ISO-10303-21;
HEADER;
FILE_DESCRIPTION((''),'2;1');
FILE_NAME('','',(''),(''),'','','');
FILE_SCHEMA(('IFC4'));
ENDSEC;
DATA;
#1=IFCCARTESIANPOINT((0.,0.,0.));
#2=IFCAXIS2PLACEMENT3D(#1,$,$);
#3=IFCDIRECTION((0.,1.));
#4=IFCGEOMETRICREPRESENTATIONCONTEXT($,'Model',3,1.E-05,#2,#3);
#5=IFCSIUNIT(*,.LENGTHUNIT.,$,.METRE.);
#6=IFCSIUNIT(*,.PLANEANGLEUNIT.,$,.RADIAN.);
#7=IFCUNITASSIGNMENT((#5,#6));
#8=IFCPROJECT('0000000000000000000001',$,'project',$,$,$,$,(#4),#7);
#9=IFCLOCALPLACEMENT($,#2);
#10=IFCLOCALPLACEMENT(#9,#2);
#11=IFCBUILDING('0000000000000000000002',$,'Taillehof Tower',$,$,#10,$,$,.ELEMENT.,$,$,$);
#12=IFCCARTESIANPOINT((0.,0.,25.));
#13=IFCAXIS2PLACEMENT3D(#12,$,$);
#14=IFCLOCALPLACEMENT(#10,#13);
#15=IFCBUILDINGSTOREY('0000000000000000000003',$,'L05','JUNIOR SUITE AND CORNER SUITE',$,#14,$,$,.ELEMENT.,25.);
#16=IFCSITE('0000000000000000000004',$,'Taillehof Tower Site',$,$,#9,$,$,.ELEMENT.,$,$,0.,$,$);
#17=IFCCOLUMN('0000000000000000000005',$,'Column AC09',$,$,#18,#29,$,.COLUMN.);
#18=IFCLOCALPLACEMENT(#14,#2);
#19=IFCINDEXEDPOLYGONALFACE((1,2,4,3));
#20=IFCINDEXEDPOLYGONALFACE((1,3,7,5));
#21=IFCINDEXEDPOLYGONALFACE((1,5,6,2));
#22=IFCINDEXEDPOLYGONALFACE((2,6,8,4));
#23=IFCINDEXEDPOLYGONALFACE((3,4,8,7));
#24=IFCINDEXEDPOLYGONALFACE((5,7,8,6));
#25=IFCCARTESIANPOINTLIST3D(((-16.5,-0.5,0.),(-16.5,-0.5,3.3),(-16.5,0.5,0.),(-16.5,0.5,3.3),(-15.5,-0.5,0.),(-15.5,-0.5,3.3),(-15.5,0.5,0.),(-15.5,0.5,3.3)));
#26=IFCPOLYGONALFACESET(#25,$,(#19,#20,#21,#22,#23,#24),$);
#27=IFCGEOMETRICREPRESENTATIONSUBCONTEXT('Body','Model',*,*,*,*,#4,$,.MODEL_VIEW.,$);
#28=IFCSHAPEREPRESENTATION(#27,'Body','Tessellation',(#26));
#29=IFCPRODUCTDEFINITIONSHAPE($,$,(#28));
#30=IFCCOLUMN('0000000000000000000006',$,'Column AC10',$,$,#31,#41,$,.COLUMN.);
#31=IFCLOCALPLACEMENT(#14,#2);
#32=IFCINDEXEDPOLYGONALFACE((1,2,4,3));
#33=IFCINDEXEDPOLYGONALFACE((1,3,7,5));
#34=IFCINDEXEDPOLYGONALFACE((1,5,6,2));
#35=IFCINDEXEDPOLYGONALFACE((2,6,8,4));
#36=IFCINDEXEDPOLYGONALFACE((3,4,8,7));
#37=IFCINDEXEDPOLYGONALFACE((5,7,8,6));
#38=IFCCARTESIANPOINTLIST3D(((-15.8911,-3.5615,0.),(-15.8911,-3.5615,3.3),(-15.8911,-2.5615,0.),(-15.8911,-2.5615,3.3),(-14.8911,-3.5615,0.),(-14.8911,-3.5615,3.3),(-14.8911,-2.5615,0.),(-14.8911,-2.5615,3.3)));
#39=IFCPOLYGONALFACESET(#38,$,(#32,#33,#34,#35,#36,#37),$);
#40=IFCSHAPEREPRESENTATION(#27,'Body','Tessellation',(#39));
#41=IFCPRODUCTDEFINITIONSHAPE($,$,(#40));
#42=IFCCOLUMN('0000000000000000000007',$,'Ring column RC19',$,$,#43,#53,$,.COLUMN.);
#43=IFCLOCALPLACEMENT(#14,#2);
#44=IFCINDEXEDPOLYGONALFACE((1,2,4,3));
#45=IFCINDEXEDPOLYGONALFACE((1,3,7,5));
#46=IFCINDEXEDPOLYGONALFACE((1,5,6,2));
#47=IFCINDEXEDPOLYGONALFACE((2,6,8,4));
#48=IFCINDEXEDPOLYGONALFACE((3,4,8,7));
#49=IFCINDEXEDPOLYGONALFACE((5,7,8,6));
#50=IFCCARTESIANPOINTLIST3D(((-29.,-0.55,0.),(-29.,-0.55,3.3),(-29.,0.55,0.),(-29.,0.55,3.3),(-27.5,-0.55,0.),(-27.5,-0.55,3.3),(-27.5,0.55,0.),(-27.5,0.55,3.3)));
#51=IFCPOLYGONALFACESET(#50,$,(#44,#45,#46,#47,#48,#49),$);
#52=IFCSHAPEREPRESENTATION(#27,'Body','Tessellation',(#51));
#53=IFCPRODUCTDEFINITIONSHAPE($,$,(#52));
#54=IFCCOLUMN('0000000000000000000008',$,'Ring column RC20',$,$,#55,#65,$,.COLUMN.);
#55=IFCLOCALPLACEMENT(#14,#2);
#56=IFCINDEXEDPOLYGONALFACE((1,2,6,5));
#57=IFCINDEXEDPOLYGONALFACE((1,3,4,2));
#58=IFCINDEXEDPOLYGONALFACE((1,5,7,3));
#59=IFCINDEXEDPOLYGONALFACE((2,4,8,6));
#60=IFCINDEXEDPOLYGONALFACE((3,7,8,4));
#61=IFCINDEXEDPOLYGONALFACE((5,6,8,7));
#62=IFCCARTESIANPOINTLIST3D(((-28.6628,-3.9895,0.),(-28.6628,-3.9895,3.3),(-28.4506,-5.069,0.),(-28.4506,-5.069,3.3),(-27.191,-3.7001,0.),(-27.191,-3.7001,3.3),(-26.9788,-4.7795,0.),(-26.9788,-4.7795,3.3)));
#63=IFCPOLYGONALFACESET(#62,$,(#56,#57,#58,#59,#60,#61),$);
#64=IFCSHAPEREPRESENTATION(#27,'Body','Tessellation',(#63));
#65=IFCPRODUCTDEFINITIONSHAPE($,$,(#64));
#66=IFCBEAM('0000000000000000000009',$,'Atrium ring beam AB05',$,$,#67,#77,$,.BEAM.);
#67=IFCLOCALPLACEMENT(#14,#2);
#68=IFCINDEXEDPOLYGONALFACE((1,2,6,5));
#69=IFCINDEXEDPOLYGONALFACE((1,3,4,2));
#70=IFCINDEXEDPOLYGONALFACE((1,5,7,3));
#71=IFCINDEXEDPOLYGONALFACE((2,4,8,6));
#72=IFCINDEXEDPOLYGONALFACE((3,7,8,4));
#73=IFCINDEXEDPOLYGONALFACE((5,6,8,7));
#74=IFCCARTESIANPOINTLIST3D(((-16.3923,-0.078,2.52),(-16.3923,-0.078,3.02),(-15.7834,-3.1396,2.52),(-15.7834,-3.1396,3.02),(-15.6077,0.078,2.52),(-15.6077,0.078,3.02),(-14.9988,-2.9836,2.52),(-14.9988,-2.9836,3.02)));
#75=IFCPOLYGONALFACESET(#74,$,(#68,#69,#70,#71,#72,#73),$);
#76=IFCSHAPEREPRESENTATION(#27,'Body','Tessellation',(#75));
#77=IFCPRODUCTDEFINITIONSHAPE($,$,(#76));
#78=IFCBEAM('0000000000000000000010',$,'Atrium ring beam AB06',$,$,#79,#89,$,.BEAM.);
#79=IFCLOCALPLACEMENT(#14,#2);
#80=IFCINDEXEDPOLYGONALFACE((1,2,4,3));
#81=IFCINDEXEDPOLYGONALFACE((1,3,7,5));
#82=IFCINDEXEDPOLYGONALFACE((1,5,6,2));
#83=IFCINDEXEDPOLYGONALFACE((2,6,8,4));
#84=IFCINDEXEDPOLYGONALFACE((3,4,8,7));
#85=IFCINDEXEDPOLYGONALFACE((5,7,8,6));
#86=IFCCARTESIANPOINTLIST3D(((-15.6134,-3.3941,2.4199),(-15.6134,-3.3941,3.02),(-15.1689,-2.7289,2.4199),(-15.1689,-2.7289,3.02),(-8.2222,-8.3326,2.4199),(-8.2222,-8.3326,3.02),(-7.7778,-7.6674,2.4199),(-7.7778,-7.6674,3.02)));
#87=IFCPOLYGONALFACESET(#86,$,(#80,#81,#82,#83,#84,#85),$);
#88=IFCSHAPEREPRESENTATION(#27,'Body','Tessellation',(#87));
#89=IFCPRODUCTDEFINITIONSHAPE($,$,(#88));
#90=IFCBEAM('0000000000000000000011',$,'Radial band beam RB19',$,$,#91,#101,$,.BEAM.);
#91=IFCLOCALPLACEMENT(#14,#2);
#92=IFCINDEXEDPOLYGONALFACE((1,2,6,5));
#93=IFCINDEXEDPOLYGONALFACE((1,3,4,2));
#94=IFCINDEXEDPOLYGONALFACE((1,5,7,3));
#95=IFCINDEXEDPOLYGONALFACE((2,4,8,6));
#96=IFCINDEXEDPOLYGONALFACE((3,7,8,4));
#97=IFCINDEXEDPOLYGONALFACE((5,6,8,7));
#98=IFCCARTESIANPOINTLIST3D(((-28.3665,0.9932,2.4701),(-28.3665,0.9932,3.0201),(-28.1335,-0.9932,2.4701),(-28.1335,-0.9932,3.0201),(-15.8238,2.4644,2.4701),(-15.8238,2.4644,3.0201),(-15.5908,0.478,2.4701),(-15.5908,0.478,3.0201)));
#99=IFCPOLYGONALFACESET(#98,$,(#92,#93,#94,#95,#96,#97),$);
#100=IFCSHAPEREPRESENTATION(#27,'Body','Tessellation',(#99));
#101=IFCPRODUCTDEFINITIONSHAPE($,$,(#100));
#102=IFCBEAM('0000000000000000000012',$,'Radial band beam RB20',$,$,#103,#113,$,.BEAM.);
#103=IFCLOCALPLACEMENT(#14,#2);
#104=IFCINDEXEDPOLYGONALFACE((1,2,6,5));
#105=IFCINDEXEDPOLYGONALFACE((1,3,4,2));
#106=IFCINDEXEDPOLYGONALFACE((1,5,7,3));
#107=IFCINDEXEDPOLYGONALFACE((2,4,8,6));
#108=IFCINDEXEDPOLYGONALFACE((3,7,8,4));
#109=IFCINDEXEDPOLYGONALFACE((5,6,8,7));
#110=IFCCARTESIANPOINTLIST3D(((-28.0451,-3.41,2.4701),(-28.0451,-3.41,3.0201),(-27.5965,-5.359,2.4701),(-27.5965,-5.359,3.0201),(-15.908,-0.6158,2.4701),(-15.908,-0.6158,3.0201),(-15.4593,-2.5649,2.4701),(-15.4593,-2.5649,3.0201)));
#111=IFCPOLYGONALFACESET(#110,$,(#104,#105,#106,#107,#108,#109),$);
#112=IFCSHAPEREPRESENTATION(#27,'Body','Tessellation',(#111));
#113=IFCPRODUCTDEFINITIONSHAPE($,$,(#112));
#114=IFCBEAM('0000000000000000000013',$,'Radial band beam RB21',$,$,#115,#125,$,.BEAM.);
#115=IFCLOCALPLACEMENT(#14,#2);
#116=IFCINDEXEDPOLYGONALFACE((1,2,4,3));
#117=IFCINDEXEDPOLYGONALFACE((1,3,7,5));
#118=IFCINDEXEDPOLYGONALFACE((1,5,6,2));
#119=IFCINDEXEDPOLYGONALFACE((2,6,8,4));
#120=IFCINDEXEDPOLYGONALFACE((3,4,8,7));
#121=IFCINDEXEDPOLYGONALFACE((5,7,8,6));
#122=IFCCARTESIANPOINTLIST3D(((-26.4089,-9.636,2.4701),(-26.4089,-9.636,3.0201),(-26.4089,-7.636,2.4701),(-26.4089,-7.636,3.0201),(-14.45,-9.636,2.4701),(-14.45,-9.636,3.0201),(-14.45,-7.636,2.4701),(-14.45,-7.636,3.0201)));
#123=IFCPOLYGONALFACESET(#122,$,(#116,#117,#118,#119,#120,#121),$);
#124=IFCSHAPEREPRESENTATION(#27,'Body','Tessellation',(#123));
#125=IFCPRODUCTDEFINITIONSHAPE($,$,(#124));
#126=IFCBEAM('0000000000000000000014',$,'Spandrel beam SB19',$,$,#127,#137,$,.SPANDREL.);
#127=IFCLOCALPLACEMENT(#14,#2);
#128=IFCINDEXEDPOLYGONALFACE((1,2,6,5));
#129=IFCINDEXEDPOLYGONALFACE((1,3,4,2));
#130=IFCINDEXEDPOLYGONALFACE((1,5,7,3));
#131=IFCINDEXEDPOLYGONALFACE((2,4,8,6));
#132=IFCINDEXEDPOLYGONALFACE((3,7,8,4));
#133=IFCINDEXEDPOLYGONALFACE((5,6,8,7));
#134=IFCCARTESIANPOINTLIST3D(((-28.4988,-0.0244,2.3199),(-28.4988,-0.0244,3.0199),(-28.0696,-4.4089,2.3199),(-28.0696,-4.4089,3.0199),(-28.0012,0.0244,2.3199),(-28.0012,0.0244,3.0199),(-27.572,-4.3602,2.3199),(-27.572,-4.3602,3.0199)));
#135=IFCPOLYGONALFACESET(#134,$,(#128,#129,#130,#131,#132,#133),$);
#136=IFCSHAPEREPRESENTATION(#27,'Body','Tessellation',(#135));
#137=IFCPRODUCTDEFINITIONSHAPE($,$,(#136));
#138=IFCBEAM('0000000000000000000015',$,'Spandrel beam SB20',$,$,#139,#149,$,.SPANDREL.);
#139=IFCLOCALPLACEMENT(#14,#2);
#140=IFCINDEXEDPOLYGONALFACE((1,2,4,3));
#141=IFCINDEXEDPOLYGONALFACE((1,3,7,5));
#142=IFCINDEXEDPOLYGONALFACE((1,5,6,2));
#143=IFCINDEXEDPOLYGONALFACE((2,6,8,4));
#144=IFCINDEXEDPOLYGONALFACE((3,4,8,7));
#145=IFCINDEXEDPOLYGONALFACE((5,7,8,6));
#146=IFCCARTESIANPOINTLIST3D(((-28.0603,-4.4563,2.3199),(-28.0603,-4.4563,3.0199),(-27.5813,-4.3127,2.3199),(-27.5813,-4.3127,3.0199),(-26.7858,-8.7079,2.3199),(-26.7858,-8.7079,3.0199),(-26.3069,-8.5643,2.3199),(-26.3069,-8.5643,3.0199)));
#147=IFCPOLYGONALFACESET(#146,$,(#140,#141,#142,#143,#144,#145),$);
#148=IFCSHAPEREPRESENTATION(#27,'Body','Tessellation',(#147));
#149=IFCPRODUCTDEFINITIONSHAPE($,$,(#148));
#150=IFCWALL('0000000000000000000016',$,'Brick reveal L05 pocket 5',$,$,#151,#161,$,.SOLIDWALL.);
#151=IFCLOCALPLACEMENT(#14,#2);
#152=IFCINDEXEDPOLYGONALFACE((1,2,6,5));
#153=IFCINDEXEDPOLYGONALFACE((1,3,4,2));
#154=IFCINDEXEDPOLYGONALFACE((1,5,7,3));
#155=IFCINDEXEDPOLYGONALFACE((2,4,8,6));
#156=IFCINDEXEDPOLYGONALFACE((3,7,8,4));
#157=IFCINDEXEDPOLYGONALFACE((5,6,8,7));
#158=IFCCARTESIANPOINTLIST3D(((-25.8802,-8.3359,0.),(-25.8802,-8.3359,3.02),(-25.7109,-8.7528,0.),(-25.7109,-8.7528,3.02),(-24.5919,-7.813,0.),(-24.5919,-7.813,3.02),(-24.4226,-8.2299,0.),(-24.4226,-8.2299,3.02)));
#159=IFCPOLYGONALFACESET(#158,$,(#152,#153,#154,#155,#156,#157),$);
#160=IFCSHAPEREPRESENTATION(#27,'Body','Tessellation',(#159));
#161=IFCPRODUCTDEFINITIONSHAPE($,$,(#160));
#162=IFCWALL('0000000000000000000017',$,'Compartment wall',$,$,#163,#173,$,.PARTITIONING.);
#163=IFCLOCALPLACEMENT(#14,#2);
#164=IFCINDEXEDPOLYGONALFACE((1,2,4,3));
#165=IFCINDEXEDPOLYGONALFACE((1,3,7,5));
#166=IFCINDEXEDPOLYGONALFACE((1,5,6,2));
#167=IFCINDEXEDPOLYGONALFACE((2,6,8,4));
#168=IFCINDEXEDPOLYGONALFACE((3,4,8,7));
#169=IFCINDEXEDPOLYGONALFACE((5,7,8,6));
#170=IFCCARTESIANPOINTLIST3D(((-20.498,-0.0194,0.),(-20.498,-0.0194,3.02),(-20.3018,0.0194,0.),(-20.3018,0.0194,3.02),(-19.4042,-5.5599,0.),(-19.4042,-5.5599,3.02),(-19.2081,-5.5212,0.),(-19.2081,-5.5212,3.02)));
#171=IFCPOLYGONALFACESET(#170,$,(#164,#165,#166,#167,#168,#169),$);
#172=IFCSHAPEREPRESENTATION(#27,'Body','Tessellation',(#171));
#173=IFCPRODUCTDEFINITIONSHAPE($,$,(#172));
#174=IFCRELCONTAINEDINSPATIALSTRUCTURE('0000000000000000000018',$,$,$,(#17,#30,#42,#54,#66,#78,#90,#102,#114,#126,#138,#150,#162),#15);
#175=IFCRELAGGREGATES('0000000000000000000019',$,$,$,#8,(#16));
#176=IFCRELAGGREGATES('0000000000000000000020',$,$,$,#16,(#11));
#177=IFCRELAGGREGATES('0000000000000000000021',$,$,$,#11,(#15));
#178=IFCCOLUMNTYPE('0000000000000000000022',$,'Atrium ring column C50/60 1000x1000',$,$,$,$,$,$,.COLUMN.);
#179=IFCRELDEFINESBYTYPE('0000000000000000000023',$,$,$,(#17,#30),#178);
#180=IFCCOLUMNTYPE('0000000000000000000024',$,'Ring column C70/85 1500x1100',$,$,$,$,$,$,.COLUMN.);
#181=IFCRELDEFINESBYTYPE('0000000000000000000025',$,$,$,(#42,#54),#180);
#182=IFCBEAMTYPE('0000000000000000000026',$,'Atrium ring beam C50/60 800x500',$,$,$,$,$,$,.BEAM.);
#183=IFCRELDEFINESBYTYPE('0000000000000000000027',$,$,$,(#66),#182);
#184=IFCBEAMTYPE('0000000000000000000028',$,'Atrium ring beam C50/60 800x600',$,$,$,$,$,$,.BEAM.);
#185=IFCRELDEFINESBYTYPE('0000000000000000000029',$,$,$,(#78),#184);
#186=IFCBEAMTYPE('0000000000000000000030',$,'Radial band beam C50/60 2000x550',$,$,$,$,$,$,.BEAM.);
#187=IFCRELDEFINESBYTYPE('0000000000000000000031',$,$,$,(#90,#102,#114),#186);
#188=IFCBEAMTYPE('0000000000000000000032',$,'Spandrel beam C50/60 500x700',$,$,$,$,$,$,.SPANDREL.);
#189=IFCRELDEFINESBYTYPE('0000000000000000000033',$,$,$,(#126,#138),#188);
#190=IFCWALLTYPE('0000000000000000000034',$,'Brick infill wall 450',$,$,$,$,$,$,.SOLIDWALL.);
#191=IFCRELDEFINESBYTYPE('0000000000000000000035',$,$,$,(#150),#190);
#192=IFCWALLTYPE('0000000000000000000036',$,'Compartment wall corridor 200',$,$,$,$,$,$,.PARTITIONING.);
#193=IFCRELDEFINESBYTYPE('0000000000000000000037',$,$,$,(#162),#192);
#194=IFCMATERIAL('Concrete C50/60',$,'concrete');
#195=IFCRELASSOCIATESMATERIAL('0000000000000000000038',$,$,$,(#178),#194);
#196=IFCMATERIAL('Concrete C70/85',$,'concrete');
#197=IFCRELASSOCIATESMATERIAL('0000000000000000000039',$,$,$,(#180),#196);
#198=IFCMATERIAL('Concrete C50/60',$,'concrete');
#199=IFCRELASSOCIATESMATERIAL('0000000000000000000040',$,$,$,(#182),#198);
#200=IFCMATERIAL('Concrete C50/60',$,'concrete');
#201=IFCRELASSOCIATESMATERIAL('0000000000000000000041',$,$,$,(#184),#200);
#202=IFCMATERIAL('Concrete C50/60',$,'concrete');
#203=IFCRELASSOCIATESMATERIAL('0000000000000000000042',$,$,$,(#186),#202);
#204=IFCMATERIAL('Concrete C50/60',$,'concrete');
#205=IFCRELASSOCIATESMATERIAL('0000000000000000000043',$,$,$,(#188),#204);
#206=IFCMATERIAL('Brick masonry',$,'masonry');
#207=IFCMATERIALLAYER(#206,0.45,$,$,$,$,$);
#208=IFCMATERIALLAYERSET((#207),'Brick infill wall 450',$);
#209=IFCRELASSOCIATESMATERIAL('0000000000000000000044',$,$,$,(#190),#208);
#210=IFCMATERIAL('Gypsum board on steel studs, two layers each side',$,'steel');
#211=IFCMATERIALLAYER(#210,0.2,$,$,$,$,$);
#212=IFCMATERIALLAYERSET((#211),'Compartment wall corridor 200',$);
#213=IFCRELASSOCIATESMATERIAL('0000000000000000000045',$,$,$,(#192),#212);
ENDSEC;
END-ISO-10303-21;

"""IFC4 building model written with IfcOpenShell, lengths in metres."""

from ifc_helpers import new_model, si_unit, direction, frame, frame_2d, origin, origin_2d, place, context, subcontext, project, spatial, rectangle, extrude, material, layer, layer_set, material_profile, profile_set, type_object, element, save


model = new_model("IFC4")

# Units and contexts
model_context = context("Model", 3, precision=1e-05, world=origin(), true_north=direction((0.0, 1.0)))
body_context = subcontext(model_context, "Body", "Model", "MODEL_VIEW")
ifc_project = project(units=[si_unit("LENGTHUNIT", "METRE"), si_unit("PLANEANGLEUNIT", "RADIAN")], contexts=[model_context])

# Site, building, storey
site_placement = place(None, origin())
site = spatial("IfcSite", under=ifc_project, at=site_placement, Name="Taillehof Tower Site", CompositionType="ELEMENT", RefElevation=0.0)
building_placement = place(site_placement, origin())
building = spatial("IfcBuilding", under=site, at=building_placement, Name="Taillehof Tower", CompositionType="ELEMENT")
storey_placement = place(building_placement, frame((0.0, 0.0, 25.0)))
storey = spatial("IfcBuildingStorey", under=building, at=storey_placement, Name="L05", Description="JUNIOR SUITE AND CORNER SUITE", CompositionType="ELEMENT", Elevation=25.0)

# Columns
ifc_material_1 = material(Name="Concrete C50/60", Category="concrete")
ifc_material_profile_1 = material_profile(ifc_material_1, rectangle(XDim=1.0, YDim=1.0, at=origin_2d()), Name="RC 1000x1000")
ifc_profile_set_1 = profile_set([ifc_material_profile_1], Name="Concrete C50/60")
column_type_1 = type_object("IfcColumnType", Name="Atrium ring column C50/60 1000x1000", PredefinedType="COLUMN", material=ifc_profile_set_1)
for number, where, z_axis, x_axis, name in (
    (1, (-16.0, 0.0, 0.0), (0.0, 0.0, 1.0), (1.0, 0.0, 0.0), "Column AC09"),
    (2, (-15.3911, -3.0615, 0.0), (0.0, 0.0, 1.0), (1.0, 0.0, 0.0), "Column AC10"),
):
    element("IfcColumn", number, at=place(storey_placement, frame(where, z_axis=z_axis, x_axis=x_axis)), inside=storey, type_object=column_type_1, Name=name, PredefinedType="COLUMN", context=body_context, shape_type="SweptSolid", body=[
        extrude(rectangle(XDim=1.0, YDim=1.0, at=origin_2d()), origin(), (0.0, 0.0, 1.0), 3.3),
    ])
ifc_material_2 = material(Name="Concrete C70/85", Category="concrete")
ifc_material_profile_2 = material_profile(ifc_material_2, rectangle(XDim=1.5, YDim=1.1001, at=origin_2d()), Name="RC 1500x1100")
ifc_profile_set_2 = profile_set([ifc_material_profile_2], Name="Concrete C70/85")
column_type_2 = type_object("IfcColumnType", Name="Ring column C70/85 1500x1100", PredefinedType="COLUMN", material=ifc_profile_set_2)
for number, where, z_axis, x_axis, name in (
    (3, (-28.25, 0.0, 0.0), (0.0, 0.0, 1.0), (-1.0, 0.0, 0.0), "Ring column RC19"),
    (4, (-27.8208, -4.3845, 0.0), (0.0, 0.0, 1.0), (-0.981204, -0.192976, 0.0), "Ring column RC20"),
):
    element("IfcColumn", number, at=place(storey_placement, frame(where, z_axis=z_axis, x_axis=x_axis)), inside=storey, type_object=column_type_2, Name=name, PredefinedType="COLUMN", context=body_context, shape_type="SweptSolid", body=[
        extrude(rectangle(XDim=1.5, YDim=1.1001, at=origin_2d()), origin(), (0.0, 0.0, 1.0), 3.3),
    ])

# Beams
ifc_material_3 = material(Name="Concrete C50/60", Category="concrete")
ifc_material_profile_3 = material_profile(ifc_material_3, rectangle(XDim=0.8, YDim=0.5, at=origin_2d()), Name="RC 800x500")
ifc_profile_set_3 = profile_set([ifc_material_profile_3], Name="Concrete C50/60")
beam_type_1 = type_object("IfcBeamType", Name="Atrium ring beam C50/60 800x500", PredefinedType="BEAM", material=ifc_profile_set_3)
beam_1_placement = place(storey_placement, frame((-16.0, 0.0, 2.77), z_axis=(0.195063, -0.980791, 0.0), x_axis=(0.980791, 0.195063, 0.0)))
element("IfcBeam", 5, at=beam_1_placement, inside=storey, type_object=beam_type_1, Name="Atrium ring beam AB05", PredefinedType="BEAM", context=body_context, shape_type="SweptSolid", body=[
    extrude(rectangle(XDim=0.8, YDim=0.5, at=origin_2d()), origin(), (0.0, 0.0, 1.0), 3.1216),
])
ifc_material_4 = material(Name="Concrete C50/60", Category="concrete")
ifc_material_profile_4 = material_profile(ifc_material_4, rectangle(XDim=0.8, YDim=0.6001, at=origin_2d()), Name="RC 800x600")
ifc_profile_set_4 = profile_set([ifc_material_profile_4], Name="Concrete C50/60")
beam_type_2 = type_object("IfcBeamType", Name="Atrium ring beam C50/60 800x600", PredefinedType="BEAM", material=ifc_profile_set_4)
beam_2_placement = place(storey_placement, frame((-15.3911, -3.0615, 2.72), z_axis=(0.831475, -0.555562, 0.0), x_axis=(0.555562, 0.831475, 0.0)))
element("IfcBeam", 6, at=beam_2_placement, inside=storey, type_object=beam_type_2, Name="Atrium ring beam AB06", PredefinedType="BEAM", context=body_context, shape_type="SweptSolid", body=[
    extrude(rectangle(XDim=0.8, YDim=0.6001, at=origin_2d()), origin(), (0.0, 0.0, 1.0), 8.8892),
])
ifc_material_5 = material(Name="Concrete C50/60", Category="concrete")
ifc_material_profile_5 = material_profile(ifc_material_5, rectangle(XDim=2.0, YDim=0.55, at=origin_2d()), Name="RC 2000x550")
ifc_profile_set_5 = profile_set([ifc_material_profile_5], Name="Concrete C50/60")
beam_type_3 = type_object("IfcBeamType", Name="Radial band beam C50/60 2000x550", PredefinedType="BEAM", material=ifc_profile_set_5)
beam_3_placement = place(storey_placement, frame((-28.25, 0.0, 2.7451), z_axis=(0.993191, 0.116496, 0.0), x_axis=(-0.116496, 0.993191, 0.0)))
element("IfcBeam", 7, at=beam_3_placement, inside=storey, type_object=beam_type_3, Name="Radial band beam RB19", PredefinedType="BEAM", context=body_context, shape_type="SweptSolid", body=[
    extrude(rectangle(XDim=2.0, YDim=0.55, at=origin_2d()), origin(), (0.0, 0.0, 1.0), 12.6287),
])
beam_4_placement = place(storey_placement, frame((-27.8208, -4.3845, 2.7451), z_axis=(0.974509, 0.224348, 0.0), x_axis=(-0.224348, 0.974509, 0.0)))
element("IfcBeam", 8, at=beam_4_placement, inside=storey, type_object=beam_type_3, Name="Radial band beam RB20", PredefinedType="BEAM", context=body_context, shape_type="SweptSolid", body=[
    extrude(rectangle(XDim=2.0, YDim=0.55, at=origin_2d()), origin(), (0.0, 0.0, 1.0), 12.4546),
])
beam_5_placement = place(storey_placement, frame((-26.4089, -8.636, 2.7451), z_axis=(1.0, 0.0, 0.0), x_axis=(0.0, 1.0, 0.0)))
element("IfcBeam", 9, at=beam_5_placement, inside=storey, type_object=beam_type_3, Name="Radial band beam RB21", PredefinedType="BEAM", context=body_context, shape_type="SweptSolid", body=[
    extrude(rectangle(XDim=2.0, YDim=0.55, at=origin_2d()), origin(), (0.0, 0.0, 1.0), 11.959),
])
ifc_material_6 = material(Name="Concrete C50/60", Category="concrete")
ifc_material_profile_6 = material_profile(ifc_material_6, rectangle(XDim=0.5, YDim=0.7, at=origin_2d()), Name="RC 500x700")
ifc_profile_set_6 = profile_set([ifc_material_profile_6], Name="Concrete C50/60")
beam_type_4 = type_object("IfcBeamType", Name="Spandrel beam C50/60 500x700", PredefinedType="SPANDREL", material=ifc_profile_set_6)
beam_6_placement = place(storey_placement, frame((-28.25, 0.0, 2.6699), z_axis=(0.097424, -0.995243, 0.0), x_axis=(0.995243, 0.097424, 0.0)))
element("IfcBeam", 10, at=beam_6_placement, inside=storey, type_object=beam_type_4, Name="Spandrel beam SB19", PredefinedType="SPANDREL", context=body_context, shape_type="SweptSolid", body=[
    extrude(rectangle(XDim=0.5, YDim=0.7, at=origin_2d()), origin(), (0.0, 0.0, 1.0), 4.4055),
])
beam_7_placement = place(storey_placement, frame((-27.8208, -4.3845, 2.6699), z_axis=(0.287136, -0.95789, 0.0), x_axis=(0.95789, 0.287136, 0.0)))
element("IfcBeam", 11, at=beam_7_placement, inside=storey, type_object=beam_type_4, Name="Spandrel beam SB20", PredefinedType="SPANDREL", context=body_context, shape_type="SweptSolid", body=[
    extrude(rectangle(XDim=0.5, YDim=0.7, at=origin_2d()), origin(), (0.0, 0.0, 1.0), 4.4385),
])

# Wall
ifc_material_7 = material(Name="Brick masonry", Category="masonry")
ifc_layer_1 = layer(ifc_material_7, 0.45)
ifc_layer_set_1 = layer_set([ifc_layer_1], Name="Brick infill wall 450")
wall_type_1 = type_object("IfcWallType", Name="Brick infill wall 450", PredefinedType="SOLIDWALL", material=ifc_layer_set_1)
wall_1_placement = place(storey_placement, frame((-25.7957, -8.5444, 0.0), z_axis=(0.0, 0.0, 1.0), x_axis=(0.926576, 0.376109, 0.0)))
element("IfcWall", 12, at=wall_1_placement, inside=storey, type_object=wall_type_1, Name="Brick reveal L05 pocket 5", PredefinedType="SOLIDWALL", context=body_context, shape_type="SweptSolid", body=[
    extrude(rectangle(XDim=1.3904, YDim=0.45, at=frame_2d((0.6953, 0.0))), origin(), (0.0, 0.0, 1.0), 3.02),
])

# Wall
ifc_material_8 = material(Name="Gypsum board on steel studs, two layers each side", Category="steel")
ifc_layer_2 = layer(ifc_material_8, 0.2)
ifc_layer_set_2 = layer_set([ifc_layer_2], Name="Compartment wall corridor 200")
wall_type_2 = type_object("IfcWallType", Name="Compartment wall corridor 200", PredefinedType="PARTITIONING", material=ifc_layer_set_2)
wall_2_placement = place(storey_placement, frame((-19.3062, -5.5405, 0.0), z_axis=(0.0, 0.0, 1.0), x_axis=(-0.193671, 0.981066, 0.0)))
element("IfcWall", 13, at=wall_2_placement, inside=storey, type_object=wall_type_2, Name="Compartment wall", PredefinedType="PARTITIONING", context=body_context, shape_type="SweptSolid", body=[
    extrude(rectangle(XDim=5.6475, YDim=0.2, at=frame_2d((2.8237, 0.0))), origin(), (0.0, 0.0, 1.0), 3.02),
])

save(model, "model.ifc")
